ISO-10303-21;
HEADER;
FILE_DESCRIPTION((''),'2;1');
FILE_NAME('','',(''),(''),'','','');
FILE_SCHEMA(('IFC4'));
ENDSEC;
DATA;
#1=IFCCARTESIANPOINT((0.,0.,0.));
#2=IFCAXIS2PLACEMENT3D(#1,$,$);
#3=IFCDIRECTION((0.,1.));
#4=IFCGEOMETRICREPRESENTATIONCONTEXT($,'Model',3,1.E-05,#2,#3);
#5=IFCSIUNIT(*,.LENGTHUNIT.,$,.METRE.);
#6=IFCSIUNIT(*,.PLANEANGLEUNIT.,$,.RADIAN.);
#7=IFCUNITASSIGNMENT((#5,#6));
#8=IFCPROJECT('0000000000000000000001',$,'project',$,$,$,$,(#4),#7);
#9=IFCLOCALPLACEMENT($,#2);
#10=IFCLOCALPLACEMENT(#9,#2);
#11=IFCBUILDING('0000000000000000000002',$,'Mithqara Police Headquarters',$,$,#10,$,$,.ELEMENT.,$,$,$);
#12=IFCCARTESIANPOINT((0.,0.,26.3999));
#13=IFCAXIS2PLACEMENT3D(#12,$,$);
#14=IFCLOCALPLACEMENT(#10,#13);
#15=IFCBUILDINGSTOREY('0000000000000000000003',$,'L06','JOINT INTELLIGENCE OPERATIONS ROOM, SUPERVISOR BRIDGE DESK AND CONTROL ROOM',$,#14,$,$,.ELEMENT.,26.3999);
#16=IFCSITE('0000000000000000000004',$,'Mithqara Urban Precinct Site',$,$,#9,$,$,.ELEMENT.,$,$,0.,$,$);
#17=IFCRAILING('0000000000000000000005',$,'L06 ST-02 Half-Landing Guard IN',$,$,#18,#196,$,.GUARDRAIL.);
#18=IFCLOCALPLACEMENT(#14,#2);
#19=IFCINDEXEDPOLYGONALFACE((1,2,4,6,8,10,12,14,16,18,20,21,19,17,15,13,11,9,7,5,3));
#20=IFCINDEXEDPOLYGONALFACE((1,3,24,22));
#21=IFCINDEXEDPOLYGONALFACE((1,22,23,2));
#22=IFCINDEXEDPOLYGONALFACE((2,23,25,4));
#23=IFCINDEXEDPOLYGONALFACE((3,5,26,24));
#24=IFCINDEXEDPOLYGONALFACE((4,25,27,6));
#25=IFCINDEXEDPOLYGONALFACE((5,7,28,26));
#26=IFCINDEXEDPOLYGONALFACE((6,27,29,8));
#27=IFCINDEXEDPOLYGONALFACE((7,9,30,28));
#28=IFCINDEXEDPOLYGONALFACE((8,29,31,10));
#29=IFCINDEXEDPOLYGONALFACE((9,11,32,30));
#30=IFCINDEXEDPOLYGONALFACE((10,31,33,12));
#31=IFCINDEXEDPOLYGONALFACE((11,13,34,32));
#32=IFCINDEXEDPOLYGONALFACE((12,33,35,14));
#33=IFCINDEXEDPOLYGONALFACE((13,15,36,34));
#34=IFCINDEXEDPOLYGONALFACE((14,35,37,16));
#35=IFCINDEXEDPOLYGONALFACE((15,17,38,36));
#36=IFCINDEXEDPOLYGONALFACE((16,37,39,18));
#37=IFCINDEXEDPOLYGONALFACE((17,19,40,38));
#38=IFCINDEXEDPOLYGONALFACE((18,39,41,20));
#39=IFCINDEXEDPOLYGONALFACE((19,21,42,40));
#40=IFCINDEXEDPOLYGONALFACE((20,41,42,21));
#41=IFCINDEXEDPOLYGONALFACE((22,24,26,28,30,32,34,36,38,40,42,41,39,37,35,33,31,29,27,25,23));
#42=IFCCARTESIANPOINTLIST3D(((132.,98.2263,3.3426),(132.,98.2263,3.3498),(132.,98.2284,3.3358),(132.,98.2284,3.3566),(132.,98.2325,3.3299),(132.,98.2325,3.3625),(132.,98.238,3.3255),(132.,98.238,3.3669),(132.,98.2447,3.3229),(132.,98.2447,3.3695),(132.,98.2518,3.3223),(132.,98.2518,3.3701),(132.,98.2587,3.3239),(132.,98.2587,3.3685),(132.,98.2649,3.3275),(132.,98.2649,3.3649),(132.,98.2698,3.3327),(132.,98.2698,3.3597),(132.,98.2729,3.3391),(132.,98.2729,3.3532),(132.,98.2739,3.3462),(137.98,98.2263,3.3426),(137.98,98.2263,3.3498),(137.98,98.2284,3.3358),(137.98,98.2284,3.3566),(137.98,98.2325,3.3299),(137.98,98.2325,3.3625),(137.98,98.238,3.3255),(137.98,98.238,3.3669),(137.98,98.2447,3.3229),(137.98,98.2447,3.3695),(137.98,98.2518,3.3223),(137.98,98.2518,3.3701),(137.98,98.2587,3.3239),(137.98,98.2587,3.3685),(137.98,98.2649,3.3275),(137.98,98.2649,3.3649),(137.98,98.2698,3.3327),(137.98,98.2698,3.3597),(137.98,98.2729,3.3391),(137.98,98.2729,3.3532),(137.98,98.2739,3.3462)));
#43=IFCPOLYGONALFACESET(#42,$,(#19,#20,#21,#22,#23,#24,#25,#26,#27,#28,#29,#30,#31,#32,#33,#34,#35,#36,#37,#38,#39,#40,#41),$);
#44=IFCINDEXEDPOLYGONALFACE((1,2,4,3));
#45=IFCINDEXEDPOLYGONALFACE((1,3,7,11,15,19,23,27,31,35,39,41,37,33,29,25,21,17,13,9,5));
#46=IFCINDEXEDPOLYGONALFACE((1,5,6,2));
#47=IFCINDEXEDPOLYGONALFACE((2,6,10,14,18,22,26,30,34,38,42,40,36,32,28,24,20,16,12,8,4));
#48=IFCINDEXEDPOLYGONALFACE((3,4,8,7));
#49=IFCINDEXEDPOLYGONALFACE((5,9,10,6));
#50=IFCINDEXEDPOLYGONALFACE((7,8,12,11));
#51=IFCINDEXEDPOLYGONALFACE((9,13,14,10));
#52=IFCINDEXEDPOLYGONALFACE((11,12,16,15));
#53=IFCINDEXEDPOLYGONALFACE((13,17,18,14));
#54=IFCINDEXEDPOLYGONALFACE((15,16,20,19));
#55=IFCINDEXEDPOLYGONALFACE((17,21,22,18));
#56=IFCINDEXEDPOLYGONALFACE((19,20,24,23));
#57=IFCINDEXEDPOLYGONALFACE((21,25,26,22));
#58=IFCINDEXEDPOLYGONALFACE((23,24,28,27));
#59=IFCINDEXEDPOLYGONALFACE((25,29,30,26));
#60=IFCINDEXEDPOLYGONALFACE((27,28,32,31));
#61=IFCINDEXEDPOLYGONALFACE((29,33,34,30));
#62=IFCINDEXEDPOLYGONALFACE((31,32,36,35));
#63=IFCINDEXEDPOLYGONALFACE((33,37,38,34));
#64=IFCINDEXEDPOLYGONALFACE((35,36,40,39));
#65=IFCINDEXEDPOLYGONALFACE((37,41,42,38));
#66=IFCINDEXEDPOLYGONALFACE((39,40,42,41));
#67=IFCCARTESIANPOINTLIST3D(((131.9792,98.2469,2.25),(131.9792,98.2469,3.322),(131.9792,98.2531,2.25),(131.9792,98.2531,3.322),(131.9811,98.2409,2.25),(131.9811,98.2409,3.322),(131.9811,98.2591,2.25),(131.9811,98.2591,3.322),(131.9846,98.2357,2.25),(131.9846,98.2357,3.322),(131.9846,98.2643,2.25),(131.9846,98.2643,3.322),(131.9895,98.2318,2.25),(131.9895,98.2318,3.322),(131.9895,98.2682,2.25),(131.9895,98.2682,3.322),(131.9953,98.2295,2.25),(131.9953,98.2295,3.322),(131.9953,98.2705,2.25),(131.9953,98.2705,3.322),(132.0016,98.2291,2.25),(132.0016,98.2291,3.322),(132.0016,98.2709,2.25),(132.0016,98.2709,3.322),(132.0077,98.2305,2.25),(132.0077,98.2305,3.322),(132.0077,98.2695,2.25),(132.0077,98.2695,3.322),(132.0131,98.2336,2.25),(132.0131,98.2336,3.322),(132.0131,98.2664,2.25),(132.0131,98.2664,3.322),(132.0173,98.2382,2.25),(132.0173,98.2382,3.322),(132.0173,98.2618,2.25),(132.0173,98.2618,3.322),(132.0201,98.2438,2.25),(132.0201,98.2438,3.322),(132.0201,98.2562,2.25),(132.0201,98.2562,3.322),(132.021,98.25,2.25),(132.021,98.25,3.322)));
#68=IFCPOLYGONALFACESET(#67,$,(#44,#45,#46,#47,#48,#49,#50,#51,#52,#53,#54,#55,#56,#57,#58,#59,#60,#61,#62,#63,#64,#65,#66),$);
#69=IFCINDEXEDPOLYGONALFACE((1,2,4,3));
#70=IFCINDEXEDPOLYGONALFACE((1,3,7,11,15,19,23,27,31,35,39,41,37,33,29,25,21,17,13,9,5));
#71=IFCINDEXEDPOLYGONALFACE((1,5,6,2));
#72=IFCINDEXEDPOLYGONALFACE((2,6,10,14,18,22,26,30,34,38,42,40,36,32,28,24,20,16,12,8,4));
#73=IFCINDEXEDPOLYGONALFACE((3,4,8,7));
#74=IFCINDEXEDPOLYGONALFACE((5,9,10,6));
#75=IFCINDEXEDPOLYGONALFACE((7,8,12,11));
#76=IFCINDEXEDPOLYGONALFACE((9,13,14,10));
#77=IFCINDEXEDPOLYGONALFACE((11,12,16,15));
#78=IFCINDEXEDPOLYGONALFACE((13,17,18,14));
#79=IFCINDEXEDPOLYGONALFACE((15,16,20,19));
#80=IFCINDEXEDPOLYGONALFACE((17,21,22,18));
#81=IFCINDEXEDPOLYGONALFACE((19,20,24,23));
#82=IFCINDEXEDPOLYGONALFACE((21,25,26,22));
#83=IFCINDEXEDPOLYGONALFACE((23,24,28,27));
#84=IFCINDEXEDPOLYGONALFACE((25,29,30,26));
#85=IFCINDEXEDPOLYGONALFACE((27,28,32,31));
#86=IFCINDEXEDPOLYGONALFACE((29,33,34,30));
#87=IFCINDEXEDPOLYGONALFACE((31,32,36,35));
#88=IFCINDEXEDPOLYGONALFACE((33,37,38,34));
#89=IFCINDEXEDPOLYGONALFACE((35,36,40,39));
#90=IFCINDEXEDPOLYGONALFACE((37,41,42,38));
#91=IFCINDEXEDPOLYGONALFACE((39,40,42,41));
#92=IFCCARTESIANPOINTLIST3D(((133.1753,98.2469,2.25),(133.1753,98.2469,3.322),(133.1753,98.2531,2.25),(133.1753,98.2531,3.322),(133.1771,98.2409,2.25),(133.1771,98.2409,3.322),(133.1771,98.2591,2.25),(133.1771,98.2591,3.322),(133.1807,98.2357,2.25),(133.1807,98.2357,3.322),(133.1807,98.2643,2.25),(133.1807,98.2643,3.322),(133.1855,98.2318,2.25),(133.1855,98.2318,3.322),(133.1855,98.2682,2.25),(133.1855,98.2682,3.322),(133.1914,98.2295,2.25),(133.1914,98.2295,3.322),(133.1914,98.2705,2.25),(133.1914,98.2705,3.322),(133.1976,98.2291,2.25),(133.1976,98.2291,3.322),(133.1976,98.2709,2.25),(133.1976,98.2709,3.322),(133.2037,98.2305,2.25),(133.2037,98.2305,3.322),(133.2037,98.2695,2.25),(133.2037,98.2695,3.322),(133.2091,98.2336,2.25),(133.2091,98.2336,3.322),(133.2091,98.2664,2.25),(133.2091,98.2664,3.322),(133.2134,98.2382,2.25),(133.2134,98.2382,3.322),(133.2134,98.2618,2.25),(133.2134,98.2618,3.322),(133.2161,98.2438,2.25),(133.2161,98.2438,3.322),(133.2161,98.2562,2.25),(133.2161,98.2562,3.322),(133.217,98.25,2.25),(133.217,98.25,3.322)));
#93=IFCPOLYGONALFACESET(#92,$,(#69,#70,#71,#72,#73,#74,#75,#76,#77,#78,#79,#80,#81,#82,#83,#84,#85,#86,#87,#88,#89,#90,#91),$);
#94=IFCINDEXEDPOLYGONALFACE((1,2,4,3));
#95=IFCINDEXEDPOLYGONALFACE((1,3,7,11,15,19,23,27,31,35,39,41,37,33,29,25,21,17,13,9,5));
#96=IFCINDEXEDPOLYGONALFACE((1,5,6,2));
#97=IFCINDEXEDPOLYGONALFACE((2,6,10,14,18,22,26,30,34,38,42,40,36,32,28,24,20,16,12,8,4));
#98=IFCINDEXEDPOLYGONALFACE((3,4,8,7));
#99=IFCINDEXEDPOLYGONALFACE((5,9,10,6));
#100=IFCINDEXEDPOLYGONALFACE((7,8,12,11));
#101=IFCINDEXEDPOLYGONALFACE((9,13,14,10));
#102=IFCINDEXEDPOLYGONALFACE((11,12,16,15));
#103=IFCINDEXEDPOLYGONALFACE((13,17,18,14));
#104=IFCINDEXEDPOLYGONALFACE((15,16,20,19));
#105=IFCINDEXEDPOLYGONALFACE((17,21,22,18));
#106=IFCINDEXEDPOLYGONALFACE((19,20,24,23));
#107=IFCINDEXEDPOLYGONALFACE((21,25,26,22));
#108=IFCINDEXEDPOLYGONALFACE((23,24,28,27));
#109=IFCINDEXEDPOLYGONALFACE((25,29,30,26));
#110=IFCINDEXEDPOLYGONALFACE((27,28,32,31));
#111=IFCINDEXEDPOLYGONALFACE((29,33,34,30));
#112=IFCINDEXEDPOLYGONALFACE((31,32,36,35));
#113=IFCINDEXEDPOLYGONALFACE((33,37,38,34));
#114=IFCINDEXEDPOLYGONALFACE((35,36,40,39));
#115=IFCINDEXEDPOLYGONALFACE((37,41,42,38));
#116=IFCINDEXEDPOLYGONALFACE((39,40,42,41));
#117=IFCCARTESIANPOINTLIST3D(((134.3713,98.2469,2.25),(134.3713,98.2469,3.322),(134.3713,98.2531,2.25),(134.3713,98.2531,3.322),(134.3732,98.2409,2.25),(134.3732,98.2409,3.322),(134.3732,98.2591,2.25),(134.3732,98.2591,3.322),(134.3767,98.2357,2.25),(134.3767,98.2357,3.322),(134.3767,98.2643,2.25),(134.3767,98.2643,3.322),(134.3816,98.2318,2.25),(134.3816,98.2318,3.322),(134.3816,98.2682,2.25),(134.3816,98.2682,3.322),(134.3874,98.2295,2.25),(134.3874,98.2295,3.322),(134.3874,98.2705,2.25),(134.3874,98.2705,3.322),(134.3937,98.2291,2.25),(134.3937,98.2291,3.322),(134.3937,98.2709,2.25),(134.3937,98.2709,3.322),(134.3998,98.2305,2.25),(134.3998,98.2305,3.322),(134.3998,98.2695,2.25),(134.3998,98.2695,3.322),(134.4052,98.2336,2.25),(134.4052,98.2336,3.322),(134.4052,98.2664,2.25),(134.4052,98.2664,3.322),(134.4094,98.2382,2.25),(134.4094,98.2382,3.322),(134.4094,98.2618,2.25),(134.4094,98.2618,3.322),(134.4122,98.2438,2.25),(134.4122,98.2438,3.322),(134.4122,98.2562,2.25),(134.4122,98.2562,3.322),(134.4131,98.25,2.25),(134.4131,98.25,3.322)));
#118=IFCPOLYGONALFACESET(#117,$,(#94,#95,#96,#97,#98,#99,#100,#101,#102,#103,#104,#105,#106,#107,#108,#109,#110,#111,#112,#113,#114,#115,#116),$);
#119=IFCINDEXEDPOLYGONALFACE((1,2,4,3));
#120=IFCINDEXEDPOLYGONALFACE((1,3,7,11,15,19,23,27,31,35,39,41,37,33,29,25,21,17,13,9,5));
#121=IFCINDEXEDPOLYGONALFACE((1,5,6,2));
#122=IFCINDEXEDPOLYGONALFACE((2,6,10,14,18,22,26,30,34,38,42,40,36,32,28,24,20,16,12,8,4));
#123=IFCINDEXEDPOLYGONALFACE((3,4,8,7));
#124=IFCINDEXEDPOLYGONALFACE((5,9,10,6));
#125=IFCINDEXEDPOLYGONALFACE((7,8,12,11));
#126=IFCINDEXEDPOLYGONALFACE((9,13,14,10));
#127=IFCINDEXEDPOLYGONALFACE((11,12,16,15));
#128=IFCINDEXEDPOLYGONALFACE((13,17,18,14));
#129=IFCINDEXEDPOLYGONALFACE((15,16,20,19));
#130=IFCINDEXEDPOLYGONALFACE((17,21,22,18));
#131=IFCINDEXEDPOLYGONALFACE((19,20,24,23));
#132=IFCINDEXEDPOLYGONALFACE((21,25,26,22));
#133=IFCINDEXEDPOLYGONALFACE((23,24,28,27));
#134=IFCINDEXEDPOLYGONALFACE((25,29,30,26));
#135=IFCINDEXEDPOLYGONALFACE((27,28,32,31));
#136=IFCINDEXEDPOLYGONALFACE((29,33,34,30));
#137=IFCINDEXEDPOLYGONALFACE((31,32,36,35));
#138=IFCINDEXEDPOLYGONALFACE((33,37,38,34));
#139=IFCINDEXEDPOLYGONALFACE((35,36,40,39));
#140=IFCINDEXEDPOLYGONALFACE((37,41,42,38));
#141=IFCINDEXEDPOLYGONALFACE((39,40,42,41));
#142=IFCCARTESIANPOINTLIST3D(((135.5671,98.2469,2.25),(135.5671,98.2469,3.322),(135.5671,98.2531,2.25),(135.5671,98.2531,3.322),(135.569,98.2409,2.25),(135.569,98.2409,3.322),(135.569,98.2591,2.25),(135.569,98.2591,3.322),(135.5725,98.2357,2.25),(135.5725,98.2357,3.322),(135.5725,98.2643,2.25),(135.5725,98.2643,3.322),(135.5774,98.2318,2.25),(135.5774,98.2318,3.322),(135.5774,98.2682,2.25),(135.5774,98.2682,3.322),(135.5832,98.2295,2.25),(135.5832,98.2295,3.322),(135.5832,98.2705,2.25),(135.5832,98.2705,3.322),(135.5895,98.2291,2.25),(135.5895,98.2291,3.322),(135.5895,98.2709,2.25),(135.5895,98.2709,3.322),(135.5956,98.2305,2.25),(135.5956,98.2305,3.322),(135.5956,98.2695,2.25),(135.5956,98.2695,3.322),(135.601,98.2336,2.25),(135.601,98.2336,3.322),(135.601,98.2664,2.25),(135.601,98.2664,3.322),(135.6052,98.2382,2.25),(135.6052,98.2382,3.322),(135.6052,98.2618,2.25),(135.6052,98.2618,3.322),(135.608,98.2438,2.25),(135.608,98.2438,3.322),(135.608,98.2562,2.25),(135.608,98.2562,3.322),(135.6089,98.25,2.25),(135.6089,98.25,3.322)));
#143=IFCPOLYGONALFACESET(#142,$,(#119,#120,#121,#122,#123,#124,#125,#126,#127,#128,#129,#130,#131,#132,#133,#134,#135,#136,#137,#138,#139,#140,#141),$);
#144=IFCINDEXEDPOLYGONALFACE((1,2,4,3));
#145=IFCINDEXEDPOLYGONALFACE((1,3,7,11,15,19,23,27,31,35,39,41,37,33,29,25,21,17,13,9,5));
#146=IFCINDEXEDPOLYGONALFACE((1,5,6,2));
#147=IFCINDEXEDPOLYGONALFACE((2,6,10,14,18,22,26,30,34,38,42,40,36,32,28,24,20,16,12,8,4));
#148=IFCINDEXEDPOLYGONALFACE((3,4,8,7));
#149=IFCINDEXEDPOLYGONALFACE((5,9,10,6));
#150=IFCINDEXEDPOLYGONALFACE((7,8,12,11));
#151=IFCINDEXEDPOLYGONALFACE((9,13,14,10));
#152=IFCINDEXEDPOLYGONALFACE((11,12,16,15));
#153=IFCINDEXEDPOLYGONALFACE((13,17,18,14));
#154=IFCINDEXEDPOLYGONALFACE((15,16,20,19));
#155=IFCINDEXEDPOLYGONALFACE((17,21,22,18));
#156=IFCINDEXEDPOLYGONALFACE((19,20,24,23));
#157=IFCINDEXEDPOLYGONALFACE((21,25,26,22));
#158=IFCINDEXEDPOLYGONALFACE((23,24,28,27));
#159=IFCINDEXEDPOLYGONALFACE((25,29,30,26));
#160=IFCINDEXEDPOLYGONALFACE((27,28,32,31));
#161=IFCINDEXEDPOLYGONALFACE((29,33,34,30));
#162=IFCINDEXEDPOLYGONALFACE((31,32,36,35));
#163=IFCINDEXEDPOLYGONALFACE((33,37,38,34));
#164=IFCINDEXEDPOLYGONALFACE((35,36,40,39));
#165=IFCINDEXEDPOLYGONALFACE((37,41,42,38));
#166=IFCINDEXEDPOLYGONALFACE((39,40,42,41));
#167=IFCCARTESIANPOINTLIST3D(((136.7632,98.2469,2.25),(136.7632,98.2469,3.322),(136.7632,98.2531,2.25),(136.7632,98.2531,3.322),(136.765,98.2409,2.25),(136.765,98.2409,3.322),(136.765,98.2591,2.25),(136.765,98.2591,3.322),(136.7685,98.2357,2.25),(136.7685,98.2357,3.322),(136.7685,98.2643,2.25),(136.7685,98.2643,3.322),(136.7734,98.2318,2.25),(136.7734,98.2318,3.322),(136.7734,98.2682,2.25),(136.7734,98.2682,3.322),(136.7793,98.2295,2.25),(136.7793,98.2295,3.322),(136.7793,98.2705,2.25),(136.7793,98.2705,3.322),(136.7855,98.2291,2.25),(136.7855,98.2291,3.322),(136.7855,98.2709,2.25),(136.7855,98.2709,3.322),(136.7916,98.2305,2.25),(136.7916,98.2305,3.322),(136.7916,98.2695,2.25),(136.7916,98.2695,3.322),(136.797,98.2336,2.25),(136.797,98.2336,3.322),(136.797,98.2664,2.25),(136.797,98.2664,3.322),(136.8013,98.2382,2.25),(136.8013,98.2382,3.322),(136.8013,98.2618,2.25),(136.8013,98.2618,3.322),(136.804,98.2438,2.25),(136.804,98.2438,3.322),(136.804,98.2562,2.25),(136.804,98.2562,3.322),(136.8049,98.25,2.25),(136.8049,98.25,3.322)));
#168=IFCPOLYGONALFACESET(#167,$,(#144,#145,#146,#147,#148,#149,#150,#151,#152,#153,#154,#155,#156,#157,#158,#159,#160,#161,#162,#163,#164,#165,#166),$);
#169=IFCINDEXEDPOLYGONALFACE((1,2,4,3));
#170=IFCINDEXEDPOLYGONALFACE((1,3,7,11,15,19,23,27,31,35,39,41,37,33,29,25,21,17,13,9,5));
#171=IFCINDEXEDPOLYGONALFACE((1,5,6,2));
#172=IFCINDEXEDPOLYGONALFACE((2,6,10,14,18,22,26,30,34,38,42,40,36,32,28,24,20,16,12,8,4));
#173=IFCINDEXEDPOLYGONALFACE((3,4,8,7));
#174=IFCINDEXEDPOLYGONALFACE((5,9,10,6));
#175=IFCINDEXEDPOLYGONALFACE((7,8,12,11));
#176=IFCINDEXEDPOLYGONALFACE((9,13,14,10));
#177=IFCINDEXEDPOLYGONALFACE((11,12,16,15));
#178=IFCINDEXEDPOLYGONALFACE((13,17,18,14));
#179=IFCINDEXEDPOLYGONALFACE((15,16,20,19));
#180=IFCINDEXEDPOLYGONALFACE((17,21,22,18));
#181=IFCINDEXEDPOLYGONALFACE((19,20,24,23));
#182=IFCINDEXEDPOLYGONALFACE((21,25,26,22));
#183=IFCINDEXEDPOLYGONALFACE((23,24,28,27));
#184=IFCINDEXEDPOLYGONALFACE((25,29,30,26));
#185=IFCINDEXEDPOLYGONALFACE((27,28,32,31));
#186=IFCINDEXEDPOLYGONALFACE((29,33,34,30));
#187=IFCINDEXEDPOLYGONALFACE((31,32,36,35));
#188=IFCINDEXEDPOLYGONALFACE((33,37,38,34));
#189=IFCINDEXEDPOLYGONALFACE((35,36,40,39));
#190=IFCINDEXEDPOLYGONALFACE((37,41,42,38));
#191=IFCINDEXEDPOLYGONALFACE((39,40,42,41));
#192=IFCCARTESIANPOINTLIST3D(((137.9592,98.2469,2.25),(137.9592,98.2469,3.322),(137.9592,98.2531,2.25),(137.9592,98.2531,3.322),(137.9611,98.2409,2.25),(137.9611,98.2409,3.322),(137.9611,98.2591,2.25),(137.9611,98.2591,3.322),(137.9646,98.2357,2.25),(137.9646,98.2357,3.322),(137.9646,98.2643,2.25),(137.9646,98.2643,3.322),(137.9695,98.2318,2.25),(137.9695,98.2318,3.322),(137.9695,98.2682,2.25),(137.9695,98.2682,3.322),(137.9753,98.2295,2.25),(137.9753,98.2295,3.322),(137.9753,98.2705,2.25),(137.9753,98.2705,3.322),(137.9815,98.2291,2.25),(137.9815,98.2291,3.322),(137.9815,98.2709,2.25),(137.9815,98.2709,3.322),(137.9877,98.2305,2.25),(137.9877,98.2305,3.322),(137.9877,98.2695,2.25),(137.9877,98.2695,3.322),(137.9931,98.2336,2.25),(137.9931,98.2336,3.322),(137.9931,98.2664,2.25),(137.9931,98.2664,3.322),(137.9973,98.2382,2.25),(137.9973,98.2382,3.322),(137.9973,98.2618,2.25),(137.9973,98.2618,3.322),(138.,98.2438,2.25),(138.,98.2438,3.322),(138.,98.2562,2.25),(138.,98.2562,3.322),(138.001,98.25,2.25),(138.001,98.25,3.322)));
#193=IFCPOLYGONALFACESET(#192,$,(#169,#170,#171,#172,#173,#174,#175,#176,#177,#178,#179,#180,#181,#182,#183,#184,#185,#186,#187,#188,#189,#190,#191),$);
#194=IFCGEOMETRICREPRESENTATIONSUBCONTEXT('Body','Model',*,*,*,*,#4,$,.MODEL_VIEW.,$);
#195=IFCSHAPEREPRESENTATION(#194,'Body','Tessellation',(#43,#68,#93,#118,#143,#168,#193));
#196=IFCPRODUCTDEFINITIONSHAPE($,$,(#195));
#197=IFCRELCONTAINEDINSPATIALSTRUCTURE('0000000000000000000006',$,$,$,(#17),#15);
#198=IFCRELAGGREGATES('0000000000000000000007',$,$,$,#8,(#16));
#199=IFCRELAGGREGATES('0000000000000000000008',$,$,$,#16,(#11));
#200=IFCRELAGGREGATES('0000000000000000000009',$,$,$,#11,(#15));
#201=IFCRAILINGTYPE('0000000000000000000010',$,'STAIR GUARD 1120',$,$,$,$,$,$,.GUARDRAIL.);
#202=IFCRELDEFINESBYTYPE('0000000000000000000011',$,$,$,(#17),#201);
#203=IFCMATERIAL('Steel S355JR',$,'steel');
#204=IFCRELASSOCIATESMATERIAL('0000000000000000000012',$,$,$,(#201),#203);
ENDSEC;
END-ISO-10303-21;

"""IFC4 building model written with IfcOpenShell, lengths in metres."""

from ifc_helpers import new_model, si_unit, direction, frame, origin, origin_2d, place, context, subcontext, project, spatial, circle, extrude, material, type_object, element, save


model = new_model("IFC4")

# Units and contexts
model_context = context("Model", 3, precision=1e-05, world=origin(), true_north=direction((0.0, 1.0)))
body_context = subcontext(model_context, "Body", "Model", "MODEL_VIEW")
ifc_project = project(units=[si_unit("LENGTHUNIT", "METRE"), si_unit("PLANEANGLEUNIT", "RADIAN")], contexts=[model_context])

# Site, building, storey
site_placement = place(None, origin())
site = spatial("IfcSite", under=ifc_project, at=site_placement, Name="Mithqara Urban Precinct Site", CompositionType="ELEMENT", RefElevation=0.0)
building_placement = place(site_placement, origin())
building = spatial("IfcBuilding", under=site, at=building_placement, Name="Mithqara Police Headquarters", CompositionType="ELEMENT")
storey_placement = place(building_placement, frame((0.0, 0.0, 26.3999)))
storey = spatial("IfcBuildingStorey", under=building, at=storey_placement, Name="L06", Description="JOINT INTELLIGENCE OPERATIONS ROOM, SUPERVISOR BRIDGE DESK AND CONTROL ROOM", CompositionType="ELEMENT", Elevation=26.3999)

# Shared definitions
ifc_material_1 = material(Name="Steel S355JR", Category="steel")

# Railing
railing_type = type_object("IfcRailingType", Name="STAIR GUARD 1120", PredefinedType="GUARDRAIL", material=ifc_material_1)
for number, where, name in (
    (1, (132.0, 98.25, 2.25), "L06 ST-02 Half-Landing Guard IN"),
):
    element("IfcRailing", number, at=place(storey_placement, frame(where)), inside=storey, type_object=railing_type, Name=name, PredefinedType="GUARDRAIL", context=body_context, shape_type="SweptSolid", body=[
        extrude(circle(Radius=0.0239, at=origin_2d()), frame((0.0, 0.0, 1.0962), z_axis=(1.0, 0.0, 0.0), x_axis=(0.0, 1.0, 0.0)), (0.0, 0.0, 1.0), 5.98),
        extrude(circle(Radius=0.021, at=origin_2d()), origin(), (0.0, 0.0, 1.0), 1.072),
        extrude(circle(Radius=0.021, at=origin_2d()), frame((1.196, 0.0, 0.0)), (0.0, 0.0, 1.0), 1.072),
        extrude(circle(Radius=0.021, at=origin_2d()), frame((2.3921, 0.0, 0.0)), (0.0, 0.0, 1.0), 1.072),
        extrude(circle(Radius=0.021, at=origin_2d()), frame((3.5879, 0.0, 0.0)), (0.0, 0.0, 1.0), 1.072),
        extrude(circle(Radius=0.021, at=origin_2d()), frame((4.7839, 0.0, 0.0)), (0.0, 0.0, 1.0), 1.072),
        extrude(circle(Radius=0.021, at=origin_2d()), frame((5.98, 0.0, 0.0)), (0.0, 0.0, 1.0), 1.072),
    ])

save(model, "model.ifc")
